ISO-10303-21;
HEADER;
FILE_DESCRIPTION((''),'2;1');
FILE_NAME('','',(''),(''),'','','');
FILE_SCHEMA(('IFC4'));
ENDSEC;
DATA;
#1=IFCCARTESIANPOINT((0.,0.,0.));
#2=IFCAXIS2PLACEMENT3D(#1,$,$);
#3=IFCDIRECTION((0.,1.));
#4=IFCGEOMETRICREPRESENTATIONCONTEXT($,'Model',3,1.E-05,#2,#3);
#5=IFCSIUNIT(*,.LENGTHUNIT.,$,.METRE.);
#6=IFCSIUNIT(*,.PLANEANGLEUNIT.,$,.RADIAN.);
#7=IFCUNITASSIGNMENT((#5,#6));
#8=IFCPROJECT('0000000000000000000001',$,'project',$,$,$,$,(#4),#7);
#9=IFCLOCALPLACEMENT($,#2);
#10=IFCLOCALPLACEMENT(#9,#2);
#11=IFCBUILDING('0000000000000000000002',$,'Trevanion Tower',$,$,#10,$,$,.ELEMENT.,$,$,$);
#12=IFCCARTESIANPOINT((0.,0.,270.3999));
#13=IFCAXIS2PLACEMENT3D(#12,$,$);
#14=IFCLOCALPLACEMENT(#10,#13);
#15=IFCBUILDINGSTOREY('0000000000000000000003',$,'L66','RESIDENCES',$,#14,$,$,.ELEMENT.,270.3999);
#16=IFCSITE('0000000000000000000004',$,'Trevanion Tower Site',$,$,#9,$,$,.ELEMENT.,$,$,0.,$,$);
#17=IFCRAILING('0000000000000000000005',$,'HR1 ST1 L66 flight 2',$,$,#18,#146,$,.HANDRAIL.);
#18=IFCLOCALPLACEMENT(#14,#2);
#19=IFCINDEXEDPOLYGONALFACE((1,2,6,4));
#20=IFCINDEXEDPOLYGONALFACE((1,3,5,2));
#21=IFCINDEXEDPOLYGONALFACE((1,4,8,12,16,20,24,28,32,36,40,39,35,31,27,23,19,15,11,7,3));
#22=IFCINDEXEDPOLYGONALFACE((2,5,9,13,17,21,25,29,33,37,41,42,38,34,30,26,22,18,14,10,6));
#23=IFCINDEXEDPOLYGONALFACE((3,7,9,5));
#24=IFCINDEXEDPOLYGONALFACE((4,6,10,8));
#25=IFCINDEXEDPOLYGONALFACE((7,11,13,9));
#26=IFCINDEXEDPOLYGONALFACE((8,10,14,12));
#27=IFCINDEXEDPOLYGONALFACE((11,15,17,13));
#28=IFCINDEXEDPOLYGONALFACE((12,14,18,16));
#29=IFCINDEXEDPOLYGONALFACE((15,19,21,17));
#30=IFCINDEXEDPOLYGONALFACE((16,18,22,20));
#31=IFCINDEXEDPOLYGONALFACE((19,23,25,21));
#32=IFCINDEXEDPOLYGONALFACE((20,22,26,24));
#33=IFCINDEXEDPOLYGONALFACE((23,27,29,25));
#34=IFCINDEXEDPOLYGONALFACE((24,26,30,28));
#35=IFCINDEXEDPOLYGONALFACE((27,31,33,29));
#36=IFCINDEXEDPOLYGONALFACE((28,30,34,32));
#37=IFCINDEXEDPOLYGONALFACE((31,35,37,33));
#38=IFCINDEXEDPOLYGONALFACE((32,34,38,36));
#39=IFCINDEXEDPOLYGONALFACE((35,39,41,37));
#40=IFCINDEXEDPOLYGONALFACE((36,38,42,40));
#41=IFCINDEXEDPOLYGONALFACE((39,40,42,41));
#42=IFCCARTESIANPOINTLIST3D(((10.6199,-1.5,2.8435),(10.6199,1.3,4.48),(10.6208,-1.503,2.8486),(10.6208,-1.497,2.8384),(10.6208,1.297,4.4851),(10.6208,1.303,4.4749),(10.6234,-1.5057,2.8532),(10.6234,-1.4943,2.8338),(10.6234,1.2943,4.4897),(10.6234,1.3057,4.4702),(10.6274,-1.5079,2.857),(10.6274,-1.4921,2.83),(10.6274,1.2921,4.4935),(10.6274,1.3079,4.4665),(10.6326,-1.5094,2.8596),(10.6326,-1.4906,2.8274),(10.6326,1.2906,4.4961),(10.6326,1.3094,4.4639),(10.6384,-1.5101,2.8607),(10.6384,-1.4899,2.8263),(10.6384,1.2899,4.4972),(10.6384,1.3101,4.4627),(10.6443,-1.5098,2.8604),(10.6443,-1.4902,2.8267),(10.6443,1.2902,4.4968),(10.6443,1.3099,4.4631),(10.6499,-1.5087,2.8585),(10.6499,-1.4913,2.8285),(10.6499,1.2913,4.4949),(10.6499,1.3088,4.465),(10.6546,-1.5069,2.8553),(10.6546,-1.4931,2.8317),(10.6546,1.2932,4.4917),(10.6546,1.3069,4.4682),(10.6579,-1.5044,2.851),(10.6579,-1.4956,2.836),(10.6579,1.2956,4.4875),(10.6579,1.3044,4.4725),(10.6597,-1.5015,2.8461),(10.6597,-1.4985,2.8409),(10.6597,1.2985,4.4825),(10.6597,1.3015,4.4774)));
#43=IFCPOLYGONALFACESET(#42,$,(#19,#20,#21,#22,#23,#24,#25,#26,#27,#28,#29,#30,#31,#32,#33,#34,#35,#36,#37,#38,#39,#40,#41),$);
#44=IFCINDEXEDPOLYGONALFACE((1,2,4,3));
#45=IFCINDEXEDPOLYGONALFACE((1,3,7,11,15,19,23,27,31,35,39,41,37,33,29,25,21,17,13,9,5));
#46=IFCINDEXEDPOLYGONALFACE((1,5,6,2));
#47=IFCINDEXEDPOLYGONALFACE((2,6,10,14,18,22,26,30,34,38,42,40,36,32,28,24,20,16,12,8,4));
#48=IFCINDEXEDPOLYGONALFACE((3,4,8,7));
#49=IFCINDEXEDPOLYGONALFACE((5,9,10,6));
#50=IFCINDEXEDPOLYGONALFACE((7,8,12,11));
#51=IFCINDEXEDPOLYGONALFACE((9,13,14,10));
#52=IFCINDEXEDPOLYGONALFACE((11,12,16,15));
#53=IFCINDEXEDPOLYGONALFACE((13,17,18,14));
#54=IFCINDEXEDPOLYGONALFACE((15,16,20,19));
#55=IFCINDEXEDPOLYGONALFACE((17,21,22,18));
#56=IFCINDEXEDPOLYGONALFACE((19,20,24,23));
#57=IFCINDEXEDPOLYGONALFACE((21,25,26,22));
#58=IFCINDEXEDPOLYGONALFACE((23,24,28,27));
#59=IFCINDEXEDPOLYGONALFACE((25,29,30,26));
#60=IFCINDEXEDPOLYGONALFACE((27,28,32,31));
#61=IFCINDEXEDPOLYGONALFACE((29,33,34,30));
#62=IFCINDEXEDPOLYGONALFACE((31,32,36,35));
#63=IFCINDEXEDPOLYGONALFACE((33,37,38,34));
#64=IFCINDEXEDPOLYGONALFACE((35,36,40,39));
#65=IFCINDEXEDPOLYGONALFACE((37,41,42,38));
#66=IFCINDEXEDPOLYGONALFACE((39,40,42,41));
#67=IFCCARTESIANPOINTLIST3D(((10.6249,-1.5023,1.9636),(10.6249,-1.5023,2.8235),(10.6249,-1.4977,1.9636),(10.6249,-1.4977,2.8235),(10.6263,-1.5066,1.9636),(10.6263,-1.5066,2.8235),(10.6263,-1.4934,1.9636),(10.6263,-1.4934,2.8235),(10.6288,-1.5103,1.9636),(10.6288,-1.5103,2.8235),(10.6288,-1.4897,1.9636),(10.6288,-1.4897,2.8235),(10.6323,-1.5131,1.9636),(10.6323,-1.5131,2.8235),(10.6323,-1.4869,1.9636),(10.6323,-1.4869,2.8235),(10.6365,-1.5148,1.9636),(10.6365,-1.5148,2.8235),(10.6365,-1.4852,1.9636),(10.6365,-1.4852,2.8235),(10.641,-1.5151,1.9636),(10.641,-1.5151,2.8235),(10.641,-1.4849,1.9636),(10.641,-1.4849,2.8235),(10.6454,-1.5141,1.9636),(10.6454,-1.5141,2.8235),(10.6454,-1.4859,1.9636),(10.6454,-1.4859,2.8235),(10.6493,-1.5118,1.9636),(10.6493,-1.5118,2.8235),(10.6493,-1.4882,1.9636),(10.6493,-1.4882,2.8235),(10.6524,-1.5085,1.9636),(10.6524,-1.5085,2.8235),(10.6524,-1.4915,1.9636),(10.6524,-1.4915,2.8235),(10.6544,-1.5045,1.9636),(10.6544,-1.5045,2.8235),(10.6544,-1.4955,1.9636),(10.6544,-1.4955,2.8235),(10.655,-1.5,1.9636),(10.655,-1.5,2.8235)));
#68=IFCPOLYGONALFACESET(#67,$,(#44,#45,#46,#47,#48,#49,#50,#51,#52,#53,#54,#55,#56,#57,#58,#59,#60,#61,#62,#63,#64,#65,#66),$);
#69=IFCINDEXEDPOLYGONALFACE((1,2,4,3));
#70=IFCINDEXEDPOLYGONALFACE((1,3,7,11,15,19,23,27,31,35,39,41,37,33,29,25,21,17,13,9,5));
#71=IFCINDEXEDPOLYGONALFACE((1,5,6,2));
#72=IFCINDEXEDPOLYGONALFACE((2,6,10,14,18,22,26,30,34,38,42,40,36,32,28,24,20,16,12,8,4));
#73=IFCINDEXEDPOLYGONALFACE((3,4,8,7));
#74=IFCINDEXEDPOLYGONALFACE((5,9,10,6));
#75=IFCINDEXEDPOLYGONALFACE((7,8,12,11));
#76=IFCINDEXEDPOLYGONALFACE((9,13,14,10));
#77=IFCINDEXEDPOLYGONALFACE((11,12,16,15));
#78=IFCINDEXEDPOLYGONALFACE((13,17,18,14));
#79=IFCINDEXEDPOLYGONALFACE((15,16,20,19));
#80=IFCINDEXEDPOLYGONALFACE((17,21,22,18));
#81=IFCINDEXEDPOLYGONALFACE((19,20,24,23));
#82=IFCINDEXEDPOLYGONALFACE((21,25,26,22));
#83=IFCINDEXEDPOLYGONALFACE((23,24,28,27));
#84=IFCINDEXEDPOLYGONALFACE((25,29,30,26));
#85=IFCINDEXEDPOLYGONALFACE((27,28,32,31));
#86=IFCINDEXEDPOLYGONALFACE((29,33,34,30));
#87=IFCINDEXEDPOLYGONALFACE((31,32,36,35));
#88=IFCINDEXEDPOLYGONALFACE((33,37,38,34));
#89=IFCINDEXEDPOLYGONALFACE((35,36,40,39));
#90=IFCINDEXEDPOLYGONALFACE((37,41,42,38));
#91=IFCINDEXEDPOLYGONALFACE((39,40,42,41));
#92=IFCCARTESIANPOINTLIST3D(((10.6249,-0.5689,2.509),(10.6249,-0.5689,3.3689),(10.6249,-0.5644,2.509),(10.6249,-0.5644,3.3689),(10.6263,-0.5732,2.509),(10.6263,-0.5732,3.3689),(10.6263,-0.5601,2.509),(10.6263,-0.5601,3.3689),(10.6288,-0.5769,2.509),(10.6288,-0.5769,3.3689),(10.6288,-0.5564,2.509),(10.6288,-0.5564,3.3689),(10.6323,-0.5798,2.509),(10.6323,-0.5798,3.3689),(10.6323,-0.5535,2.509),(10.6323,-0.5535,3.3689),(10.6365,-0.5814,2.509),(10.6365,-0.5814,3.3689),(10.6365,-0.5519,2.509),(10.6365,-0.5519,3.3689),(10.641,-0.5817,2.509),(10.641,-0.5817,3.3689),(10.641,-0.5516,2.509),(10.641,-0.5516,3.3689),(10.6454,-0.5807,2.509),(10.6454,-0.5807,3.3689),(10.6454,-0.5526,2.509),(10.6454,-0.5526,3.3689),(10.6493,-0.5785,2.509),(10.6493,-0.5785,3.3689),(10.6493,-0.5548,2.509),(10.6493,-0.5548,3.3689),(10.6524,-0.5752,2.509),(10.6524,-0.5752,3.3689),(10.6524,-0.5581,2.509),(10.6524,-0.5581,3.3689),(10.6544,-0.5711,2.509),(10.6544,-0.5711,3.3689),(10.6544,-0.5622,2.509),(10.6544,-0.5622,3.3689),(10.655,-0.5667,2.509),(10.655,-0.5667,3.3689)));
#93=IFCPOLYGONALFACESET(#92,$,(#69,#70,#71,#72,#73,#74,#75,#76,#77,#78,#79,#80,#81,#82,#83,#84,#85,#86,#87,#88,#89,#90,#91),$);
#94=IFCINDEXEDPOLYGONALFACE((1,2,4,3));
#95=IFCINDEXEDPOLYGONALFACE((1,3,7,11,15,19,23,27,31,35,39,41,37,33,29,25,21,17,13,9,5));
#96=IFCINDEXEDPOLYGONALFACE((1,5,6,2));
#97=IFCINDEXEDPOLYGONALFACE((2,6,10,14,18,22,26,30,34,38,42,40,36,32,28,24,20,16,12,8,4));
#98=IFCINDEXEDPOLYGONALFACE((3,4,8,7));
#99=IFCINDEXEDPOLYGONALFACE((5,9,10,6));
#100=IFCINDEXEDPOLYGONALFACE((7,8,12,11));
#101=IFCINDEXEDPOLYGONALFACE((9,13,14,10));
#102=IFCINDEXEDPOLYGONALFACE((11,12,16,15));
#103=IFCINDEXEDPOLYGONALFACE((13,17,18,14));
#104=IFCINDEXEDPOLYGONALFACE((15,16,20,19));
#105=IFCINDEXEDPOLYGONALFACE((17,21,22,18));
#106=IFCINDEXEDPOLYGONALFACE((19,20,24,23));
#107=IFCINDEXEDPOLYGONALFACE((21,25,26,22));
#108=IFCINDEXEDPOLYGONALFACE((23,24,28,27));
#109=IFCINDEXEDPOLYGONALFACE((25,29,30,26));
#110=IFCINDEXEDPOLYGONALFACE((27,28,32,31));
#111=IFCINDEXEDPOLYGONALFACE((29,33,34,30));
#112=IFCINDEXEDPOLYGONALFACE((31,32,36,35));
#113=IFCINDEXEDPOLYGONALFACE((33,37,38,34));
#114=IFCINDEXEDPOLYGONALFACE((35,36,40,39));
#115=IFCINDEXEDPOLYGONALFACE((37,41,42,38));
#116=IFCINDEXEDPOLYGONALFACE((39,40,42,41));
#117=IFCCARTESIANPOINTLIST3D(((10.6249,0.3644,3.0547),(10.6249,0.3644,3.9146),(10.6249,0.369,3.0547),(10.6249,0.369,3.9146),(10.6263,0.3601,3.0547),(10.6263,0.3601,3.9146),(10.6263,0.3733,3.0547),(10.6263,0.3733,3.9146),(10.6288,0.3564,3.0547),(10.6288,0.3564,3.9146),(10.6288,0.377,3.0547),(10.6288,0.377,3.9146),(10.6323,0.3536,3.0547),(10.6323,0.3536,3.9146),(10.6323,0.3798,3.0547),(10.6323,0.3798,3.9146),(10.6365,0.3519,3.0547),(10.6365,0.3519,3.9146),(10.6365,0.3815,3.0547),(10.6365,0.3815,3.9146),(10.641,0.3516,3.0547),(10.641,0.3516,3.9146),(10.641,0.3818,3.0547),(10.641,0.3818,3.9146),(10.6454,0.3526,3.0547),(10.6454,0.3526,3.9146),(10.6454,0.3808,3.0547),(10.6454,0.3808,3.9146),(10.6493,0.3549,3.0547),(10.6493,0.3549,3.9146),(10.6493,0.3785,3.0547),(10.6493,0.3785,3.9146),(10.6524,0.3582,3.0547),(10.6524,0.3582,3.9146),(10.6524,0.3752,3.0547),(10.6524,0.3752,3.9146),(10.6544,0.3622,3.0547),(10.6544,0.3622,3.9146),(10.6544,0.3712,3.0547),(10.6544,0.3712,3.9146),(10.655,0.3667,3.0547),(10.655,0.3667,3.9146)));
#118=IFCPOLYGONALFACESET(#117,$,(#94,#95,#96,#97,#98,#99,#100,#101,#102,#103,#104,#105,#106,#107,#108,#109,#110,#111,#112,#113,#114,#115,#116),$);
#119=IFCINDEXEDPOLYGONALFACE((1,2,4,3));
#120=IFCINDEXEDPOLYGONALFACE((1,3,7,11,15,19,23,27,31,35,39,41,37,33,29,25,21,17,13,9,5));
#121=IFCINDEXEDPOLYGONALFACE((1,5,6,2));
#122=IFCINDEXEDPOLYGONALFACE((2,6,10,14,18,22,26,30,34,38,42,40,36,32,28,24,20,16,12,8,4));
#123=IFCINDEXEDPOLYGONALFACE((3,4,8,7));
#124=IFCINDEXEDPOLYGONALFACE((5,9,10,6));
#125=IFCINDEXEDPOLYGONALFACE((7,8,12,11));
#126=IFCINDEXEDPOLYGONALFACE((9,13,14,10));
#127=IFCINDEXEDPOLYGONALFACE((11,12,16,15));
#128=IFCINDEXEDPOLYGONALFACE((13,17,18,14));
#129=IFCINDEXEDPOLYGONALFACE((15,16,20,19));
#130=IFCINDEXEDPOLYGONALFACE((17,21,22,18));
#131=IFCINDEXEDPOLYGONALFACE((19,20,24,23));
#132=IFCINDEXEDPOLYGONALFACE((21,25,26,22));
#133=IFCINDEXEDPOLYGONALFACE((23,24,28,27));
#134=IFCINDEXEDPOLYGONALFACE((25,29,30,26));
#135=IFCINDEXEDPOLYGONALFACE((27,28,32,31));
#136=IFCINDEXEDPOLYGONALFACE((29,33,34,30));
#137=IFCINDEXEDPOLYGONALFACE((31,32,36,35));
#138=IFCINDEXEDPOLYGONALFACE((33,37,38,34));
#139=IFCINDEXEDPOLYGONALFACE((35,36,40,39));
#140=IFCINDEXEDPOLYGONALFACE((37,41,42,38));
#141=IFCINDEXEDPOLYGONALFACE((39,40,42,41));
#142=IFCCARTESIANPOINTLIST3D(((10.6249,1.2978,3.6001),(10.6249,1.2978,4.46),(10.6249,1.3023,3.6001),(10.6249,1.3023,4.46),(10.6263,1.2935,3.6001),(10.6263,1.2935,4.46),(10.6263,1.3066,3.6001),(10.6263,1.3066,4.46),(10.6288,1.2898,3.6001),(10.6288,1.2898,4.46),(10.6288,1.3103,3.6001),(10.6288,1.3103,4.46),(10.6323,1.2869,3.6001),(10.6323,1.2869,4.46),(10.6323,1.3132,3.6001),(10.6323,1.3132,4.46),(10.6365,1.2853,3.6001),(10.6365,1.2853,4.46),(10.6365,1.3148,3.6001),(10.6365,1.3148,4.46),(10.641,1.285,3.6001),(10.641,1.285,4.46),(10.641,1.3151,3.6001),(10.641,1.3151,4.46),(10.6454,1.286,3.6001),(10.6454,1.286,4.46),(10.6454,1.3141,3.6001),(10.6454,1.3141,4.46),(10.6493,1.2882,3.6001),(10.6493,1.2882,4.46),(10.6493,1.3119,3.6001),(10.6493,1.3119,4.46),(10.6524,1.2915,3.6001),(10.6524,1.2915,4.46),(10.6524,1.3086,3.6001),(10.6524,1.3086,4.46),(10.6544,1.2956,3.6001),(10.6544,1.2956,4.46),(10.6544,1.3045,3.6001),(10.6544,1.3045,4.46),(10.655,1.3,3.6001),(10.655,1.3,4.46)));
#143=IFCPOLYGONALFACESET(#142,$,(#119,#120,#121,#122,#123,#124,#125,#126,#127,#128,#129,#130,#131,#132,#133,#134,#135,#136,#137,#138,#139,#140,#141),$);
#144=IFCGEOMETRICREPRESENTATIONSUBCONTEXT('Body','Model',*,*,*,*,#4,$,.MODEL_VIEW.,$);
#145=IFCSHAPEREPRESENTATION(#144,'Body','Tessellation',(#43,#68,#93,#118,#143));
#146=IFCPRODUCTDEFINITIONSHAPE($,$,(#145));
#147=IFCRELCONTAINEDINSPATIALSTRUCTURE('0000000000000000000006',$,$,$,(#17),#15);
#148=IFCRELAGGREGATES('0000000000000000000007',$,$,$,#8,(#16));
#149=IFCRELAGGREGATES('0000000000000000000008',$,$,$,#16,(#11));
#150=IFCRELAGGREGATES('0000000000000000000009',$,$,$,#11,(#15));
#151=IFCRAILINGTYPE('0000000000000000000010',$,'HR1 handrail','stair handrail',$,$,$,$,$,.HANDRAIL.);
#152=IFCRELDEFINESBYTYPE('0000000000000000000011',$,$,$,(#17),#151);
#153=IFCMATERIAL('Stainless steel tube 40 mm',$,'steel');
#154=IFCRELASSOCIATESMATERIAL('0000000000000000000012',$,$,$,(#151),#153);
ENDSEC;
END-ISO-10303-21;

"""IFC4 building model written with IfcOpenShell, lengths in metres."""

from ifc_helpers import new_model, si_unit, direction, frame, origin, origin_2d, place, context, subcontext, project, spatial, circle, extrude, material, type_object, element, save


model = new_model("IFC4")

# Units and contexts
model_context = context("Model", 3, precision=1e-05, world=origin(), true_north=direction((0.0, 1.0)))
body_context = subcontext(model_context, "Body", "Model", "MODEL_VIEW")
ifc_project = project(units=[si_unit("LENGTHUNIT", "METRE"), si_unit("PLANEANGLEUNIT", "RADIAN")], contexts=[model_context])

# Site, building, storey
site_placement = place(None, origin())
site = spatial("IfcSite", under=ifc_project, at=site_placement, Name="Trevanion Tower Site", CompositionType="ELEMENT", RefElevation=0.0)
building_placement = place(site_placement, origin())
building = spatial("IfcBuilding", under=site, at=building_placement, Name="Trevanion Tower", CompositionType="ELEMENT")
storey_placement = place(building_placement, frame((0.0, 0.0, 270.3999)))
storey = spatial("IfcBuildingStorey", under=building, at=storey_placement, Name="L66", Description="RESIDENCES", CompositionType="ELEMENT", Elevation=270.3999)

# Railing
ifc_material_1 = material(Name="Stainless steel tube 40 mm", Category="steel")
railing_type = type_object("IfcRailingType", Name="HR1 handrail", Description="stair handrail", PredefinedType="HANDRAIL", material=ifc_material_1)
for number, where, name in (
    (1, (10.6399, -1.5, 1.9636), "HR1 ST1 L66 flight 2"),
):
    element("IfcRailing", number, at=place(storey_placement, frame(where)), inside=storey, type_object=railing_type, Name=name, PredefinedType="HANDRAIL", context=body_context, shape_type="SweptSolid", body=[
        extrude(circle(Radius=0.02, at=origin_2d()), frame((0.0, 0.0, 0.8799), z_axis=(0.0, 0.863361, 0.504587), x_axis=(-1.0, 0.0, 0.0)), (0.0, 0.0, 1.0), 3.2432),
        extrude(circle(Radius=0.0151, at=origin_2d()), origin(), (0.0, 0.0, 1.0), 0.8599),
        extrude(circle(Radius=0.0151, at=origin_2d()), frame((0.0, 0.9333, 0.5454)), (0.0, 0.0, 1.0), 0.8599),
        extrude(circle(Radius=0.0151, at=origin_2d()), frame((0.0, 1.8667, 1.0911)), (0.0, 0.0, 1.0), 0.8599),
        extrude(circle(Radius=0.0151, at=origin_2d()), frame((0.0, 2.8, 1.6365)), (0.0, 0.0, 1.0), 0.8599),
    ])

save(model, "model.ifc")
